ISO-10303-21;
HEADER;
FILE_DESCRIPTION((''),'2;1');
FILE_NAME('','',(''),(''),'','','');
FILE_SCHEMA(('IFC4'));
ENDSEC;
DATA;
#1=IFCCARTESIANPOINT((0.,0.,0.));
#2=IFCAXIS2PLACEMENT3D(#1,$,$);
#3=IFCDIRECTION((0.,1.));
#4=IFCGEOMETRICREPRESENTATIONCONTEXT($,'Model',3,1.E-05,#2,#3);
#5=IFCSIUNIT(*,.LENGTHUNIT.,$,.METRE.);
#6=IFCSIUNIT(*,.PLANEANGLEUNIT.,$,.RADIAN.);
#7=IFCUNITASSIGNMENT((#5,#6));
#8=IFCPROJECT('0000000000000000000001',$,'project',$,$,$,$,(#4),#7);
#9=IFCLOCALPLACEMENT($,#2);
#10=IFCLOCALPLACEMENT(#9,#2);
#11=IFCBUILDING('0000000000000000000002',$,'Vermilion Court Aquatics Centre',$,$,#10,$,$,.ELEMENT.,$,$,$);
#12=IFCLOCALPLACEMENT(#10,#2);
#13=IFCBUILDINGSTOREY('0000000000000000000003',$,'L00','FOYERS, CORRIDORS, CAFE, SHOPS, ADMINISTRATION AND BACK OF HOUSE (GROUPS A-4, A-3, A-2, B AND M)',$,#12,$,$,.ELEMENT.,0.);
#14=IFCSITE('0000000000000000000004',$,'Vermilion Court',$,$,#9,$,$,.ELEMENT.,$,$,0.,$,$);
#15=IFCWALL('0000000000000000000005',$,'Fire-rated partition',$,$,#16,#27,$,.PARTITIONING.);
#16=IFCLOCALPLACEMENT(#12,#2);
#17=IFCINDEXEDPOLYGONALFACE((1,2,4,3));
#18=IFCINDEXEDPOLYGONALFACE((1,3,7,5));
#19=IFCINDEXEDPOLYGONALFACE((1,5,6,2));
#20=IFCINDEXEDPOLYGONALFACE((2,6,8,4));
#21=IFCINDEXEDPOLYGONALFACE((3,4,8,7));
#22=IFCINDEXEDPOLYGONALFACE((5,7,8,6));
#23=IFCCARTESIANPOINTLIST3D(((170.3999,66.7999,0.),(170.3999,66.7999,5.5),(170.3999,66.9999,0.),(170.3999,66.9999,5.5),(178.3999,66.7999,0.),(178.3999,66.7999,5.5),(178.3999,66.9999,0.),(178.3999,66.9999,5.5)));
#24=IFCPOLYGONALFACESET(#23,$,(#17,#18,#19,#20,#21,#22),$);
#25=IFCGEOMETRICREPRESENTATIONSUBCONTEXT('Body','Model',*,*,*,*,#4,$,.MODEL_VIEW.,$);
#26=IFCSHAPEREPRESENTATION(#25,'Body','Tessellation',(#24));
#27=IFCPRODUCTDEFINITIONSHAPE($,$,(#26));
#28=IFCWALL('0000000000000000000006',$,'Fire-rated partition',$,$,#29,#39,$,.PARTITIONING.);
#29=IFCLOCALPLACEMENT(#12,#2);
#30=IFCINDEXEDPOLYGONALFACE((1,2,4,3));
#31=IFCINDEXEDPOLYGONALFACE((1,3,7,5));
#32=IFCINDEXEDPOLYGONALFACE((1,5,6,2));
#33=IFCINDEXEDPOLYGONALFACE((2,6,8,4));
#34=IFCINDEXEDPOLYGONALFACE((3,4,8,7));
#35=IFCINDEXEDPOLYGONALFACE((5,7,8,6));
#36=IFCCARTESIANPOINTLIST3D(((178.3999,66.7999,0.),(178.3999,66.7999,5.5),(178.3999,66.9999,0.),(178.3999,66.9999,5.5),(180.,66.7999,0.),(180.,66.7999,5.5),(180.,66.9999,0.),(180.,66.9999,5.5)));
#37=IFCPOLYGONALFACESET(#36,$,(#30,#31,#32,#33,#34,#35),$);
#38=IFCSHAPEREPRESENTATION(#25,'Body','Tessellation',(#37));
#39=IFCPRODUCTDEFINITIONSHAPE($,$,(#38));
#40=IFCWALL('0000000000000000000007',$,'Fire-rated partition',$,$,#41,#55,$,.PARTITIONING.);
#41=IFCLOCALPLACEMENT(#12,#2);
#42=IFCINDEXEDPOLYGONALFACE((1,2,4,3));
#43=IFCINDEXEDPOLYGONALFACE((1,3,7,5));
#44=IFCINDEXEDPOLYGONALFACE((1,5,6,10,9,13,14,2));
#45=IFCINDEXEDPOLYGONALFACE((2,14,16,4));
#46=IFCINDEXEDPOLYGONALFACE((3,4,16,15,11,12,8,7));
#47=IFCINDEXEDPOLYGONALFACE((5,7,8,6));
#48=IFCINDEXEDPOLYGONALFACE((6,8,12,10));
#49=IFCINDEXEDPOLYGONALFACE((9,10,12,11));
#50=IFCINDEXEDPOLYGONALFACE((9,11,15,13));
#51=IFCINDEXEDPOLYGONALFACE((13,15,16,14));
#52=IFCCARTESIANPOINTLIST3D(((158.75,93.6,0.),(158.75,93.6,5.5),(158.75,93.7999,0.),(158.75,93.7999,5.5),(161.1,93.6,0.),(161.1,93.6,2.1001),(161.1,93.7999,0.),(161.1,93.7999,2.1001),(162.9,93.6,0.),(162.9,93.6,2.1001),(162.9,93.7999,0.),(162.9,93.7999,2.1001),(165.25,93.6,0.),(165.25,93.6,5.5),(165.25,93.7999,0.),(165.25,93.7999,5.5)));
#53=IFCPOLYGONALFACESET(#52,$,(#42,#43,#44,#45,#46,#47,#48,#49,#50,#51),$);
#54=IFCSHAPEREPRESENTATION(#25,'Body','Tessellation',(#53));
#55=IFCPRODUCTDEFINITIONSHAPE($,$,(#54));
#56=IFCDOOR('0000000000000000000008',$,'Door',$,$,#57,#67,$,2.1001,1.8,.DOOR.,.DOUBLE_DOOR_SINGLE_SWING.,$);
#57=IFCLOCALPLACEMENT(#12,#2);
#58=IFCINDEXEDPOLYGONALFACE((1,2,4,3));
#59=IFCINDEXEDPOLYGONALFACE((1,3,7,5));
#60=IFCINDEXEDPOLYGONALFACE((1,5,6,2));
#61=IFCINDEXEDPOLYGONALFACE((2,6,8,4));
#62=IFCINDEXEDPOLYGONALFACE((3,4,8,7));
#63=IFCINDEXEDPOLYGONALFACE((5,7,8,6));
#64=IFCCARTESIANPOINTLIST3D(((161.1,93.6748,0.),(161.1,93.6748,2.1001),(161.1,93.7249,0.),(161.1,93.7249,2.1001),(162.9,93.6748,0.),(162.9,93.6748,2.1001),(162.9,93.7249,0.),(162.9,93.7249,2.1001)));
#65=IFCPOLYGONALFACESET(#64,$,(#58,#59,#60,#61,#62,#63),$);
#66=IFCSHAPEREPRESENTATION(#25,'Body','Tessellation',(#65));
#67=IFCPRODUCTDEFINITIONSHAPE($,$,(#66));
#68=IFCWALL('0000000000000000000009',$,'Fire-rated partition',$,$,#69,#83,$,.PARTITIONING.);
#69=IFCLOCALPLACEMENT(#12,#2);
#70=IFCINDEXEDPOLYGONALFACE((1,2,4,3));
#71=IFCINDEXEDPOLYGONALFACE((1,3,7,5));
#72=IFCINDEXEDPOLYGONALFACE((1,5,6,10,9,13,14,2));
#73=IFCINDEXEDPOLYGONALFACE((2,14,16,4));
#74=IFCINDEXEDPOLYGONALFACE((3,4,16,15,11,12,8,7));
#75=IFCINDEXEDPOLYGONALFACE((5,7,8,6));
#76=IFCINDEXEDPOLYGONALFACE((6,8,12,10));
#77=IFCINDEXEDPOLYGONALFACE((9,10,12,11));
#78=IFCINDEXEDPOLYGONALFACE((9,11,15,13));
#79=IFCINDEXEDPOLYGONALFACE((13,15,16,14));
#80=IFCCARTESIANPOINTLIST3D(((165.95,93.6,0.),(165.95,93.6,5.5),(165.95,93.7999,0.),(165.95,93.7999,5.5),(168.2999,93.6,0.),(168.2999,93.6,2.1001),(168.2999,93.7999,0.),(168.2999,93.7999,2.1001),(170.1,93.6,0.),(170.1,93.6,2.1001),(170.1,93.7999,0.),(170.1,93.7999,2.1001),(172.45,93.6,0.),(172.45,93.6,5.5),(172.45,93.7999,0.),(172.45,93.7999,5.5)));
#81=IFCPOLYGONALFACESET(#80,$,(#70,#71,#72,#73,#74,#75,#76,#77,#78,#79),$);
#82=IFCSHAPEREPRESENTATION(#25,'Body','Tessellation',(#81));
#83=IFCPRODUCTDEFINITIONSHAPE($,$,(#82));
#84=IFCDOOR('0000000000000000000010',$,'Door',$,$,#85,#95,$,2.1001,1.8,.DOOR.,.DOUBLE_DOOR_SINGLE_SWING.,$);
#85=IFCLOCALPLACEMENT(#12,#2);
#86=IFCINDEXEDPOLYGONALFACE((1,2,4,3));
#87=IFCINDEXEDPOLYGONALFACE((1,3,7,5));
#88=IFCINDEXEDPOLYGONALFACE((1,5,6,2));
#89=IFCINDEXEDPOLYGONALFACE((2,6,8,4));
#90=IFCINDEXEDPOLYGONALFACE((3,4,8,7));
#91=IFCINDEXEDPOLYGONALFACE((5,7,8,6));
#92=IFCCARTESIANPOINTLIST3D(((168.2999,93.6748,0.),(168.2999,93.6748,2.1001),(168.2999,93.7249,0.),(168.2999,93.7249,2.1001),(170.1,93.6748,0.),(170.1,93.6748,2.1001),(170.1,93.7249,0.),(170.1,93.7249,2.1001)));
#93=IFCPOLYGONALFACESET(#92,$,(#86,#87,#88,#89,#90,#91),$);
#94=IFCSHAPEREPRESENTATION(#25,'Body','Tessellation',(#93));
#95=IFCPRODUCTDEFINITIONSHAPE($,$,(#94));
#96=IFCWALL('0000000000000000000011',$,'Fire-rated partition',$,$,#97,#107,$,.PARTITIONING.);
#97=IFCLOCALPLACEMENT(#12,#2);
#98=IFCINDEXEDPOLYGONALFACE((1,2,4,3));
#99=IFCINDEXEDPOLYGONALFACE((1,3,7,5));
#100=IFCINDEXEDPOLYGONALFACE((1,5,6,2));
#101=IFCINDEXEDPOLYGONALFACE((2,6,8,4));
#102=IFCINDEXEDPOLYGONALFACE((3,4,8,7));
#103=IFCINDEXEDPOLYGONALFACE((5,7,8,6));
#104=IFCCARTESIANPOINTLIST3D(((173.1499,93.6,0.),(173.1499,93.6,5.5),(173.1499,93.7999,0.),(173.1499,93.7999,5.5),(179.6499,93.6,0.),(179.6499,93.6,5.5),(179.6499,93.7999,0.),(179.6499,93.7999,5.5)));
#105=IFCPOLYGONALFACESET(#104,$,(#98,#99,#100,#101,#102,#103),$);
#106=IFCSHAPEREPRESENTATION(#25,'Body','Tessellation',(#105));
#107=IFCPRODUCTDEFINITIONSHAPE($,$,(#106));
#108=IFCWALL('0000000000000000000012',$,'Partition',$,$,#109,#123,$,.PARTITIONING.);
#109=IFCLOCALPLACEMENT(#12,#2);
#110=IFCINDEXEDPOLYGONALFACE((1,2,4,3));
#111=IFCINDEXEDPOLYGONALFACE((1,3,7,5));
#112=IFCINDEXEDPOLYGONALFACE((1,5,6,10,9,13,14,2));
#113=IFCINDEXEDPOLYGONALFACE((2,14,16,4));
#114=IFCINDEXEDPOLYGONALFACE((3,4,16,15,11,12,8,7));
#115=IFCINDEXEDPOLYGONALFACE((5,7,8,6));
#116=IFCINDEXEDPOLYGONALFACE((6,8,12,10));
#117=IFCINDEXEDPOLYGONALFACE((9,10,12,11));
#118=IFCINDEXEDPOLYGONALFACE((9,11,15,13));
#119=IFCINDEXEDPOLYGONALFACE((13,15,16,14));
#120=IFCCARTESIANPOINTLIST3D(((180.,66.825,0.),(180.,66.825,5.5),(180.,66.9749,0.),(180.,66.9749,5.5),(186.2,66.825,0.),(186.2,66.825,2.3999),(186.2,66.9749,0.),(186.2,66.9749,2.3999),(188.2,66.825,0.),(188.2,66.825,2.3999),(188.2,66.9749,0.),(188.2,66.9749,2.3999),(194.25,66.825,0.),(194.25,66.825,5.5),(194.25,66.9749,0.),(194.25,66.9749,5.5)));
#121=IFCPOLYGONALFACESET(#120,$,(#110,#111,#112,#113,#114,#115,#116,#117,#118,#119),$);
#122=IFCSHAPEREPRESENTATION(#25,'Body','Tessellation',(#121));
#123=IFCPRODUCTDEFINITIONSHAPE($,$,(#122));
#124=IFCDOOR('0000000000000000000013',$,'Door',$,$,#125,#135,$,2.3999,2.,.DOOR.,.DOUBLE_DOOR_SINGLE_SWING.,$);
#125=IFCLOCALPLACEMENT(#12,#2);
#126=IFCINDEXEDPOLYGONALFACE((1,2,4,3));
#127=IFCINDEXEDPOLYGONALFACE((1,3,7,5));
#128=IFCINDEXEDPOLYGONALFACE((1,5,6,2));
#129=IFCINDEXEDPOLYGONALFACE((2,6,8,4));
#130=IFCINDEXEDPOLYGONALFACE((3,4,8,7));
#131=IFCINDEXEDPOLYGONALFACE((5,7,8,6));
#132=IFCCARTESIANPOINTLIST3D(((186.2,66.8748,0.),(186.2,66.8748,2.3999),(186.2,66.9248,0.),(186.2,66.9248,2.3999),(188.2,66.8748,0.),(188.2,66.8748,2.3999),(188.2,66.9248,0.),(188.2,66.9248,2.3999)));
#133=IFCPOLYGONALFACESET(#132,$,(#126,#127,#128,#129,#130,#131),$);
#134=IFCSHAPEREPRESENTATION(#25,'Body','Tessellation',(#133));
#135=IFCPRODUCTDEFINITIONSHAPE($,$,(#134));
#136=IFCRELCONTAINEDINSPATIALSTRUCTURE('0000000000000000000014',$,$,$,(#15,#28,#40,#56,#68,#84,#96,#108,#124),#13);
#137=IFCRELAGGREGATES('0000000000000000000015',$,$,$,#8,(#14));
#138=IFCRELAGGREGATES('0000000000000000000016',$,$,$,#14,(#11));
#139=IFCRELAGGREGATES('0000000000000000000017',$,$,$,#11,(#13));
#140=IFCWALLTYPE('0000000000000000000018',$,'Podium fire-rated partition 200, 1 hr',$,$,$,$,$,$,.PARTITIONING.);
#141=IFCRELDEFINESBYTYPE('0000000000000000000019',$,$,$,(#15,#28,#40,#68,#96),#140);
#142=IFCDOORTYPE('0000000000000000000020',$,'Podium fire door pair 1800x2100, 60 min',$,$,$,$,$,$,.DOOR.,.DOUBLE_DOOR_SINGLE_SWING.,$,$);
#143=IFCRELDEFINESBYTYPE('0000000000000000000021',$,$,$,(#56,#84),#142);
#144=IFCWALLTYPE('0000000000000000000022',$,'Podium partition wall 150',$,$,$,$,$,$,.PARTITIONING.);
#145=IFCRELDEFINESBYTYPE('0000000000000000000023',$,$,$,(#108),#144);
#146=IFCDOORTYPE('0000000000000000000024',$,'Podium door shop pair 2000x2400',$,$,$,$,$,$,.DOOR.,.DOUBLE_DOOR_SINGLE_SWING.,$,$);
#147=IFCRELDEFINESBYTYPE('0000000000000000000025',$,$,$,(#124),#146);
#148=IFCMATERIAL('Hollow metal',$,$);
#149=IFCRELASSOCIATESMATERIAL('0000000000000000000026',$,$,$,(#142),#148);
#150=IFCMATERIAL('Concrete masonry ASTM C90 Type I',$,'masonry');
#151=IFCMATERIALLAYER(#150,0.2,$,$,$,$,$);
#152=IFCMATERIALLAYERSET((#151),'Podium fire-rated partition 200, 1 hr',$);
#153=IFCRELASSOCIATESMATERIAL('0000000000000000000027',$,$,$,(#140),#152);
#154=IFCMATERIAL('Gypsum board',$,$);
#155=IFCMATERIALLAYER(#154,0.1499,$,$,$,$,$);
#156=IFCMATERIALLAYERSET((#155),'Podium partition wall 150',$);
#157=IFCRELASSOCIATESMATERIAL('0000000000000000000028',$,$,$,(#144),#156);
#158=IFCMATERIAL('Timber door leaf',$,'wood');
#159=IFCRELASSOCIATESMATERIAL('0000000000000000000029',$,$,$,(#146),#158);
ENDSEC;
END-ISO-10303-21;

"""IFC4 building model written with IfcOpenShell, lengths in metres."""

from ifc_helpers import new_model, si_unit, direction, frame, frame_2d, origin, place, context, subcontext, project, spatial, rectangle, extrude, material, layer, layer_set, type_object, element, fill, save


model = new_model("IFC4")

# Units and contexts
model_context = context("Model", 3, precision=1e-05, world=origin(), true_north=direction((0.0, 1.0)))
body_context = subcontext(model_context, "Body", "Model", "MODEL_VIEW")
ifc_project = project(units=[si_unit("LENGTHUNIT", "METRE"), si_unit("PLANEANGLEUNIT", "RADIAN")], contexts=[model_context])

# Site, building, storey
site_placement = place(None, origin())
site = spatial("IfcSite", under=ifc_project, at=site_placement, Name="Vermilion Court", CompositionType="ELEMENT", RefElevation=0.0)
building_placement = place(site_placement, origin())
building = spatial("IfcBuilding", under=site, at=building_placement, Name="Vermilion Court Aquatics Centre", CompositionType="ELEMENT")
storey_placement = place(building_placement, origin())
storey = spatial("IfcBuildingStorey", under=building, at=storey_placement, Name="L00", Description="FOYERS, CORRIDORS, CAFE, SHOPS, ADMINISTRATION AND BACK OF HOUSE (GROUPS A-4, A-3, A-2, B AND M)", CompositionType="ELEMENT", Elevation=0.0)

# Shared definitions
ifc_material_1 = material(Name="Hollow metal")
door_type_1 = type_object("IfcDoorType", Name="Podium fire door pair 1800x2100, 60 min", OperationType="DOUBLE_DOOR_SINGLE_SWING", PredefinedType="DOOR", material=ifc_material_1)

# Walls
ifc_material_2 = material(Name="Concrete masonry ASTM C90 Type I", Category="masonry")
ifc_layer_1 = layer(ifc_material_2, 0.2)
ifc_layer_set_1 = layer_set([ifc_layer_1], Name="Podium fire-rated partition 200, 1 hr")
wall_type_1 = type_object("IfcWallType", Name="Podium fire-rated partition 200, 1 hr", PredefinedType="PARTITIONING", material=ifc_layer_set_1)
wall_1_placement = place(storey_placement, frame((170.3999, 66.8999, 0.0), z_axis=(0.0, 0.0, 1.0), x_axis=(1.0, 0.0, 0.0)))
element("IfcWall", 1, at=wall_1_placement, inside=storey, type_object=wall_type_1, Name="Fire-rated partition", PredefinedType="PARTITIONING", context=body_context, shape_type="SweptSolid", body=[
    extrude(rectangle(XDim=8.0, YDim=0.2, at=frame_2d((4.0, 0.0))), origin(), (0.0, 0.0, 1.0), 5.5),
])
wall_2_placement = place(storey_placement, frame((178.3999, 66.8999, 0.0), z_axis=(0.0, 0.0, 1.0), x_axis=(1.0, 0.0, 0.0)))
element("IfcWall", 2, at=wall_2_placement, inside=storey, type_object=wall_type_1, Name="Fire-rated partition", PredefinedType="PARTITIONING", context=body_context, shape_type="SweptSolid", body=[
    extrude(rectangle(XDim=1.6001, YDim=0.2, at=frame_2d((0.8, 0.0))), origin(), (0.0, 0.0, 1.0), 5.5),
])

# Walls, openings, doors
wall_3_placement = place(storey_placement, frame((158.75, 93.7, 0.0), z_axis=(0.0, 0.0, 1.0), x_axis=(1.0, 0.0, 0.0)))
wall_3 = element("IfcWall", 3, at=wall_3_placement, inside=storey, type_object=wall_type_1, Name="Fire-rated partition", PredefinedType="PARTITIONING", context=body_context, shape_type="SweptSolid", body=[
    extrude(rectangle(XDim=6.5, YDim=0.2, at=frame_2d((3.25, 0.0))), origin(), (0.0, 0.0, 1.0), 5.5),
])
opening_1_placement = place(wall_3_placement, frame((2.3501, 0.0, 0.0)))
opening_1 = element("IfcOpeningElement", 4, at=opening_1_placement, cuts=wall_3, PredefinedType="OPENING", context=body_context, shape_type="SweptSolid", body=[
    extrude(rectangle(XDim=1.8, YDim=2.1001, at=frame_2d((0.8999, 1.05))), frame((0.0, 0.1099, 0.0), z_axis=(0.0, -1.0, 0.0), x_axis=(1.0, 0.0, 0.0)), (0.0, 0.0, 1.0), 0.22),
])
door_1_placement = place(opening_1_placement, frame((1.8, 0.0, 0.0), z_axis=(0.0, 0.0, 1.0), x_axis=(-1.0, 0.0, 0.0)))
door_1 = element("IfcDoor", 5, at=door_1_placement, inside=storey, type_object=door_type_1, Name="Door", OperationType="DOUBLE_DOOR_SINGLE_SWING", OverallHeight=2.1001, OverallWidth=1.8, PredefinedType="DOOR", context=body_context, shape_type="SweptSolid", body=[
    extrude(rectangle(XDim=1.8, YDim=2.1001, at=frame_2d((0.9001, 1.05))), frame((0.0, 0.0251, 0.0), z_axis=(0.0, -1.0, 0.0), x_axis=(1.0, 0.0, 0.0)), (0.0, 0.0, 1.0), 0.05),
])
fill(opening_1, door_1)
wall_4_placement = place(storey_placement, frame((165.95, 93.7, 0.0), z_axis=(0.0, 0.0, 1.0), x_axis=(1.0, 0.0, 0.0)))
wall_4 = element("IfcWall", 6, at=wall_4_placement, inside=storey, type_object=wall_type_1, Name="Fire-rated partition", PredefinedType="PARTITIONING", context=body_context, shape_type="SweptSolid", body=[
    extrude(rectangle(XDim=6.5, YDim=0.2, at=frame_2d((3.25, 0.0))), origin(), (0.0, 0.0, 1.0), 5.5),
])
opening_2_placement = place(wall_4_placement, frame((2.3501, 0.0, 0.0)))
opening_2 = element("IfcOpeningElement", 7, at=opening_2_placement, cuts=wall_4, PredefinedType="OPENING", context=body_context, shape_type="SweptSolid", body=[
    extrude(rectangle(XDim=1.8, YDim=2.1001, at=frame_2d((0.8999, 1.05))), frame((0.0, 0.1099, 0.0), z_axis=(0.0, -1.0, 0.0), x_axis=(1.0, 0.0, 0.0)), (0.0, 0.0, 1.0), 0.22),
])
door_2_placement = place(opening_2_placement, frame((1.8, 0.0, 0.0), z_axis=(0.0, 0.0, 1.0), x_axis=(-1.0, 0.0, 0.0)))
door_2 = element("IfcDoor", 8, at=door_2_placement, inside=storey, type_object=door_type_1, Name="Door", OperationType="DOUBLE_DOOR_SINGLE_SWING", OverallHeight=2.1001, OverallWidth=1.8, PredefinedType="DOOR", context=body_context, shape_type="SweptSolid", body=[
    extrude(rectangle(XDim=1.8, YDim=2.1001, at=frame_2d((0.9001, 1.05))), frame((0.0, 0.0251, 0.0), z_axis=(0.0, -1.0, 0.0), x_axis=(1.0, 0.0, 0.0)), (0.0, 0.0, 1.0), 0.05),
])
fill(opening_2, door_2)

# Wall
wall_5_placement = place(storey_placement, frame((173.1499, 93.7, 0.0), z_axis=(0.0, 0.0, 1.0), x_axis=(1.0, 0.0, 0.0)))
element("IfcWall", 9, at=wall_5_placement, inside=storey, type_object=wall_type_1, Name="Fire-rated partition", PredefinedType="PARTITIONING", context=body_context, shape_type="SweptSolid", body=[
    extrude(rectangle(XDim=6.5, YDim=0.2, at=frame_2d((3.25, 0.0))), origin(), (0.0, 0.0, 1.0), 5.5),
])

# Wall, opening, door
ifc_material_3 = material(Name="Gypsum board")
ifc_layer_2 = layer(ifc_material_3, 0.1499)
ifc_layer_set_2 = layer_set([ifc_layer_2], Name="Podium partition wall 150")
wall_type_2 = type_object("IfcWallType", Name="Podium partition wall 150", PredefinedType="PARTITIONING", material=ifc_layer_set_2)
wall_6_placement = place(storey_placement, frame((180.0, 66.8999, 0.0), z_axis=(0.0, 0.0, 1.0), x_axis=(1.0, 0.0, 0.0)))
wall_6 = element("IfcWall", 10, at=wall_6_placement, inside=storey, type_object=wall_type_2, Name="Partition", PredefinedType="PARTITIONING", context=body_context, shape_type="SweptSolid", body=[
    extrude(rectangle(XDim=14.25, YDim=0.1499, at=frame_2d((7.125, 0.0))), origin(), (0.0, 0.0, 1.0), 5.5),
])
opening_3_placement = place(wall_6_placement, frame((6.2, 0.0, 0.0)))
opening_3 = element("IfcOpeningElement", 11, at=opening_3_placement, cuts=wall_6, PredefinedType="OPENING", context=body_context, shape_type="SweptSolid", body=[
    extrude(rectangle(XDim=2.0, YDim=2.3999, at=frame_2d((1.0, 1.2))), frame((0.0, 0.085, 0.0), z_axis=(0.0, -1.0, 0.0), x_axis=(1.0, 0.0, 0.0)), (0.0, 0.0, 1.0), 0.1699),
])
ifc_material_4 = material(Name="Timber door leaf", Category="wood")
door_type_2 = type_object("IfcDoorType", Name="Podium door shop pair 2000x2400", OperationType="DOUBLE_DOOR_SINGLE_SWING", PredefinedType="DOOR", material=ifc_material_4)
door_3_placement = place(opening_3_placement, frame((2.0, 0.0, 0.0), z_axis=(0.0, 0.0, 1.0), x_axis=(-1.0, 0.0, 0.0)))
door_3 = element("IfcDoor", 12, at=door_3_placement, inside=storey, type_object=door_type_2, Name="Door", OperationType="DOUBLE_DOOR_SINGLE_SWING", OverallHeight=2.3999, OverallWidth=2.0, PredefinedType="DOOR", context=body_context, shape_type="SweptSolid", body=[
    extrude(rectangle(XDim=2.0, YDim=2.3999, at=frame_2d((1.0, 1.2))), frame((0.0, 0.0251, 0.0), z_axis=(0.0, -1.0, 0.0), x_axis=(1.0, 0.0, 0.0)), (0.0, 0.0, 1.0), 0.05),
])
fill(opening_3, door_3)

save(model, "model.ifc")
